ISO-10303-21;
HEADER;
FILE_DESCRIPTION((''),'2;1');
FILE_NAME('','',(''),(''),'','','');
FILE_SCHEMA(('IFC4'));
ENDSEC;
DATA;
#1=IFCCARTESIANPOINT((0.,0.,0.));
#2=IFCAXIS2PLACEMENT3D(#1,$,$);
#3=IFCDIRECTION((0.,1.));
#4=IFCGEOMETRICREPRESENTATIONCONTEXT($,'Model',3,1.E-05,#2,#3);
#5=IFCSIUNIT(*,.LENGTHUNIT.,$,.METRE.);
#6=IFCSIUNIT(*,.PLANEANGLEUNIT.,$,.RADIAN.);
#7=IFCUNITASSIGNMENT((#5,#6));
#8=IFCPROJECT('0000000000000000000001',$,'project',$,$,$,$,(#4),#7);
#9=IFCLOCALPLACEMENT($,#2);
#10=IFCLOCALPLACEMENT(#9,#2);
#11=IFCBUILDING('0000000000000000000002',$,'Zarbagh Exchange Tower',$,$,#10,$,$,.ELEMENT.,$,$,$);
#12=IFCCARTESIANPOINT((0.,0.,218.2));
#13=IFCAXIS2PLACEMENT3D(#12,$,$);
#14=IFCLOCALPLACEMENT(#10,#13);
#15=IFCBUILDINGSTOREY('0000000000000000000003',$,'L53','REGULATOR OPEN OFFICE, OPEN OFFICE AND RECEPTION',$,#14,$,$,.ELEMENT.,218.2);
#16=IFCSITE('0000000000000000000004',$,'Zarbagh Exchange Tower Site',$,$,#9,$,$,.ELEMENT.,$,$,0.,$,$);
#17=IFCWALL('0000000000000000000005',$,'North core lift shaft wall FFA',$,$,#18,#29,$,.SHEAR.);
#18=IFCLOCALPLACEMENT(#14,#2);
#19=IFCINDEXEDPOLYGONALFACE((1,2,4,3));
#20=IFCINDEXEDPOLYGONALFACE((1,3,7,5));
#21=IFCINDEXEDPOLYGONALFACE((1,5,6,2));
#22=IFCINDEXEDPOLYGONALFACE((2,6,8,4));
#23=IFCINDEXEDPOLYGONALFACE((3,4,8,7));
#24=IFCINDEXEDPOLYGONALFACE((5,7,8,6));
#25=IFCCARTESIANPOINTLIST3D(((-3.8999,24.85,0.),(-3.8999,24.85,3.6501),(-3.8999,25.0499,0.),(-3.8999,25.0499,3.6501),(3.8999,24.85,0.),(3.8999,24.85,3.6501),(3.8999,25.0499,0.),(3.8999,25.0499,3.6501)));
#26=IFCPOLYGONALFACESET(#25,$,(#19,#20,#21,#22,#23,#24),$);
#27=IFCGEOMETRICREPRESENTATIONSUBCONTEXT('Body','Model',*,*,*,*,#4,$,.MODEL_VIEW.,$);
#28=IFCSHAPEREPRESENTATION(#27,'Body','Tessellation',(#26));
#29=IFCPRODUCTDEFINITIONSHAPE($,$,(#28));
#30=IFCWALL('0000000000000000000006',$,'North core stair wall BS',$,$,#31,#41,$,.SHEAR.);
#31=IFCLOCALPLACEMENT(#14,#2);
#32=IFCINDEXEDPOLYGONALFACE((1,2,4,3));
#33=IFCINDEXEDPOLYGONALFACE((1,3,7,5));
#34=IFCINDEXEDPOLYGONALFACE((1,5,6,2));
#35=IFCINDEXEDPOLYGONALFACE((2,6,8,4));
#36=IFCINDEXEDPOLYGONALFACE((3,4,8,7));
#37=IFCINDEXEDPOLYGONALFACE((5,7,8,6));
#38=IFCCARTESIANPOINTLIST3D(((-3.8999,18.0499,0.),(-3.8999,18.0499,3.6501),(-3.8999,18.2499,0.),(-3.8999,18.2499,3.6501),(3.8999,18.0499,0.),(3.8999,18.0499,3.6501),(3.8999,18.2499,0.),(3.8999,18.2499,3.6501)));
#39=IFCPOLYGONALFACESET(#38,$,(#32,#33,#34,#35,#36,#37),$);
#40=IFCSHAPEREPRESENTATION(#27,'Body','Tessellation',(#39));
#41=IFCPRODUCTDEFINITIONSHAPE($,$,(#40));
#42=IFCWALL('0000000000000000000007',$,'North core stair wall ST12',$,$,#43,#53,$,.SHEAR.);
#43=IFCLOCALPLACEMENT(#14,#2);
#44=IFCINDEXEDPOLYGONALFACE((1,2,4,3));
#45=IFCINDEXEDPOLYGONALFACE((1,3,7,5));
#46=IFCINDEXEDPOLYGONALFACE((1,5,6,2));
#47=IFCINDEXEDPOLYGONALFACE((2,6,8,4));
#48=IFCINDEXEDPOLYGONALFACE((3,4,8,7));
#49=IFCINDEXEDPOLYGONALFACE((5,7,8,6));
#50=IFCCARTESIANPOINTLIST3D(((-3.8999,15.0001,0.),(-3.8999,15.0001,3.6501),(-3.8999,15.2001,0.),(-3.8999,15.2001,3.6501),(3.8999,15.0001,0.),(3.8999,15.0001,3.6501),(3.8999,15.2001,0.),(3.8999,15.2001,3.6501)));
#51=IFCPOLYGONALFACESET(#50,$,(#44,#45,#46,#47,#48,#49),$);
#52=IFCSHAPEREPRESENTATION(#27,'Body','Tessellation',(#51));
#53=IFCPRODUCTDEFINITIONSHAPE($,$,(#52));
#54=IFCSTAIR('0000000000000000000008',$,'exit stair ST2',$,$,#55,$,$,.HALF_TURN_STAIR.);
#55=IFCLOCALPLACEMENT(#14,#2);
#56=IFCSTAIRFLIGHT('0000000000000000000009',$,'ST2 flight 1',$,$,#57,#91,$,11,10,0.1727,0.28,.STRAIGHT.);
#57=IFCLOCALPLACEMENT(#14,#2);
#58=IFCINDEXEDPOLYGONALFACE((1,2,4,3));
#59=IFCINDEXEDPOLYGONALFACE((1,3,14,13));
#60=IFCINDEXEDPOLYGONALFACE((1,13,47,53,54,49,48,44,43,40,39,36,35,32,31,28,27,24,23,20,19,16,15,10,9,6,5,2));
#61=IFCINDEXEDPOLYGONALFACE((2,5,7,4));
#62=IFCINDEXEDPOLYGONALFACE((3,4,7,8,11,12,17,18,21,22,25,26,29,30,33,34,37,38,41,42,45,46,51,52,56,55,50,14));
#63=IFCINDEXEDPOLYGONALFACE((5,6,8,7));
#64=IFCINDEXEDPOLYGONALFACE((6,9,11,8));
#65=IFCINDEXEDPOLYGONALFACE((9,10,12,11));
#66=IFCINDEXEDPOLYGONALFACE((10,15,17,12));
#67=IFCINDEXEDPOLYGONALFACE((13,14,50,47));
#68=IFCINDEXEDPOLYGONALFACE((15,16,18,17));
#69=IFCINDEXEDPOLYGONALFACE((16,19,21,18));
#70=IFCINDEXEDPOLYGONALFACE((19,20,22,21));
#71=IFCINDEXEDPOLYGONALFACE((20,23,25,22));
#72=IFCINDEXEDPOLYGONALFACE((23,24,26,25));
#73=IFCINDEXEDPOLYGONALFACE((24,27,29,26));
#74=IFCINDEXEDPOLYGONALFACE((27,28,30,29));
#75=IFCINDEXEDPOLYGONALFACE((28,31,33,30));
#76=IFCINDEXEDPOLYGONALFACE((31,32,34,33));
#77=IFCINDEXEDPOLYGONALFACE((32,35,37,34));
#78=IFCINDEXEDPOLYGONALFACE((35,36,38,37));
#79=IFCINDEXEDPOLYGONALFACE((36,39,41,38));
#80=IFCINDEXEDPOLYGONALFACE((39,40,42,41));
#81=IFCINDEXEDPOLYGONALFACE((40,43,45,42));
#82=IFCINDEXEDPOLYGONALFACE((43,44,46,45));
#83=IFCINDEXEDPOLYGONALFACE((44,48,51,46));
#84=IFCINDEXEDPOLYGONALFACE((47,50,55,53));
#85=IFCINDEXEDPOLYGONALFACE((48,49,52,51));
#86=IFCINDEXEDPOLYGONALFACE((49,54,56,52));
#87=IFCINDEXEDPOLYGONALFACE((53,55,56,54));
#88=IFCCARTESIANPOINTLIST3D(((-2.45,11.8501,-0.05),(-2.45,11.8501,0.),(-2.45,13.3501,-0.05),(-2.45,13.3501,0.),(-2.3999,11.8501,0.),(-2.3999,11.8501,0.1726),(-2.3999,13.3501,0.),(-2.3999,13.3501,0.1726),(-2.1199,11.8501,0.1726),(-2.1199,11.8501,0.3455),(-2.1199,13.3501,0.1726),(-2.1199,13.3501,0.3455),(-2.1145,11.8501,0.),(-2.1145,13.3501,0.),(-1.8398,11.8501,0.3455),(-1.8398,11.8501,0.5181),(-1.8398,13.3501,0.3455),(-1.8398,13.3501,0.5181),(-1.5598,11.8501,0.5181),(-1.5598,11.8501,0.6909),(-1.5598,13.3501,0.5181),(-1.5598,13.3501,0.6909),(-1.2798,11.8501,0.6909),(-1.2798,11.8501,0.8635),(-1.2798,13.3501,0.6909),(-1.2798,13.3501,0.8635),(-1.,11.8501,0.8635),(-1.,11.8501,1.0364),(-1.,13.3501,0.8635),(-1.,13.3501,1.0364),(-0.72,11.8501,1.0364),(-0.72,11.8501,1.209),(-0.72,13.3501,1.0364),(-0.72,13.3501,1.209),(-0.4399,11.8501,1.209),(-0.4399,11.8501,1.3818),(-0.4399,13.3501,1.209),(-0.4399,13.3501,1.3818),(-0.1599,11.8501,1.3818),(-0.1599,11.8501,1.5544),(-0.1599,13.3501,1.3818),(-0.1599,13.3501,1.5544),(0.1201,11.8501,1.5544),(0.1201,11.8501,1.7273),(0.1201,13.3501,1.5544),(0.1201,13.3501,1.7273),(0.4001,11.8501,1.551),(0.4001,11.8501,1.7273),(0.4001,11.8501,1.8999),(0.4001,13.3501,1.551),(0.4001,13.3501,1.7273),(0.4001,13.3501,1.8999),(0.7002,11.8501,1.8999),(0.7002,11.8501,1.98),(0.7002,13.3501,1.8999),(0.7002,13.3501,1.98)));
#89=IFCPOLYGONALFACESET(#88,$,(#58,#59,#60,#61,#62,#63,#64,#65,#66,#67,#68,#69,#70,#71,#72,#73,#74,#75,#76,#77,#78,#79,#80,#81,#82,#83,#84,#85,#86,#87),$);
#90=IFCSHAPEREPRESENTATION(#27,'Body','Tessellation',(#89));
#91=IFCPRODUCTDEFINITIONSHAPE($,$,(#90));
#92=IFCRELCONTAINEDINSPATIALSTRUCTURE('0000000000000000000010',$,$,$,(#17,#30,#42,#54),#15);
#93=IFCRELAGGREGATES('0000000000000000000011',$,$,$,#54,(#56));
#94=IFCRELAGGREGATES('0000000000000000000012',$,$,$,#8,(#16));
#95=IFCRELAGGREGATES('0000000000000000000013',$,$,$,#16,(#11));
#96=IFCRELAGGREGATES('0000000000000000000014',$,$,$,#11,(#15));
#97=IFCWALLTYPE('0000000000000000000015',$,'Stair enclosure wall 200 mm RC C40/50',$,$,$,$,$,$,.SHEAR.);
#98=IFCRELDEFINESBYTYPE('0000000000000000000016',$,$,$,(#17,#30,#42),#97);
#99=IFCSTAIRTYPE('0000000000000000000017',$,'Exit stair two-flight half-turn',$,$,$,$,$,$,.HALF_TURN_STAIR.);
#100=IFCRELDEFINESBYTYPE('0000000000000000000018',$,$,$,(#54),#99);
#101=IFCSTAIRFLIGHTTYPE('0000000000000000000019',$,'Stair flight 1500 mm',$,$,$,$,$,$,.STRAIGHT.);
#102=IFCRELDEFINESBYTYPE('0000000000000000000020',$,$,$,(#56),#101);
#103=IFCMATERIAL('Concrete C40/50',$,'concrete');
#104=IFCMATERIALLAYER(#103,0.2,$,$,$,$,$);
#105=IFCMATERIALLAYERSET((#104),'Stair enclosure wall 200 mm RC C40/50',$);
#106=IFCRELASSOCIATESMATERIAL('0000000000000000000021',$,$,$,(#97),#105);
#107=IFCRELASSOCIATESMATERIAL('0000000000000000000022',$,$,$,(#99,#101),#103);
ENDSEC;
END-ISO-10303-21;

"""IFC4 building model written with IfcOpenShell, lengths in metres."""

from ifc_helpers import new_model, si_unit, direction, frame, frame_2d, origin, place, context, subcontext, project, spatial, polyline, rectangle, outline, extrude, material, layer, layer_set, type_object, element, aggregate, save


model = new_model("IFC4")

# Units and contexts
model_context = context("Model", 3, precision=1e-05, world=origin(), true_north=direction((0.0, 1.0)))
body_context = subcontext(model_context, "Body", "Model", "MODEL_VIEW")
ifc_project = project(units=[si_unit("LENGTHUNIT", "METRE"), si_unit("PLANEANGLEUNIT", "RADIAN")], contexts=[model_context])

# Site, building, storey
site_placement = place(None, origin())
site = spatial("IfcSite", under=ifc_project, at=site_placement, Name="Zarbagh Exchange Tower Site", CompositionType="ELEMENT", RefElevation=0.0)
building_placement = place(site_placement, origin())
building = spatial("IfcBuilding", under=site, at=building_placement, Name="Zarbagh Exchange Tower", CompositionType="ELEMENT")
storey_placement = place(building_placement, frame((0.0, 0.0, 218.2)))
storey = spatial("IfcBuildingStorey", under=building, at=storey_placement, Name="L53", Description="REGULATOR OPEN OFFICE, OPEN OFFICE AND RECEPTION", CompositionType="ELEMENT", Elevation=218.2)

# Walls
ifc_material_1 = material(Name="Concrete C40/50", Category="concrete")
ifc_layer_1 = layer(ifc_material_1, 0.2)
ifc_layer_set_1 = layer_set([ifc_layer_1], Name="Stair enclosure wall 200 mm RC C40/50")
wall_type_1 = type_object("IfcWallType", Name="Stair enclosure wall 200 mm RC C40/50", PredefinedType="SHEAR", material=ifc_layer_set_1)
for number, where, z_axis, x_axis, name in (
    (1, (-3.8999, 24.95, 0.0), (0.0, 0.0, 1.0), (1.0, 0.0, 0.0), "North core lift shaft wall FFA"),
    (2, (-3.8999, 18.1499, 0.0), (0.0, 0.0, 1.0), (1.0, 0.0, 0.0), "North core stair wall BS"),
    (3, (-3.8999, 15.1001, 0.0), (0.0, 0.0, 1.0), (1.0, 0.0, 0.0), "North core stair wall ST12"),
):
    element("IfcWall", number, at=place(storey_placement, frame(where, z_axis=z_axis, x_axis=x_axis)), inside=storey, type_object=wall_type_1, Name=name, PredefinedType="SHEAR", context=body_context, shape_type="SweptSolid", body=[
        extrude(rectangle(XDim=7.7998, YDim=0.2, at=frame_2d((3.8999, 0.0))), origin(), (0.0, 0.0, 1.0), 3.6501),
    ])

# Stair, stair flight
stair_type = type_object("IfcStairType", Name="Exit stair two-flight half-turn", PredefinedType="HALF_TURN_STAIR", material=ifc_material_1)
stair_placement = place(storey_placement, origin())
stair = element("IfcStair", 4, at=stair_placement, inside=storey, type_object=stair_type, Name="exit stair ST2", PredefinedType="HALF_TURN_STAIR")
stair_flight_type = type_object("IfcStairFlightType", Name="Stair flight 1500 mm", PredefinedType="STRAIGHT", material=ifc_material_1)
stair_flight_placement = place(storey_placement, frame((-2.3999, 12.6001, 0.0), z_axis=(0.0, 0.0, 1.0), x_axis=(1.0, 0.0, 0.0)))
stair_flight = element("IfcStairFlight", 5, at=stair_flight_placement, type_object=stair_flight_type, Name="ST2 flight 1", NumberOfRisers=11, NumberOfTreads=10, PredefinedType="STRAIGHT", RiserHeight=0.1727, TreadLength=0.28, context=body_context, shape_type="SweptSolid", body=[
    extrude(outline(polyline([(-0.05, -0.05), (-0.05, 0.0), (0.0, 0.0), (0.0, 0.1726), (0.28, 0.1726), (0.28, 0.3455), (0.5601, 0.3455), (0.5601, 0.5181), (0.8401, 0.5181), (0.8401, 0.6909), (1.1201, 0.6909), (1.1201, 0.8635), (1.3999, 0.8635), (1.3999, 1.0364), (1.6799, 1.0364), (1.6799, 1.209), (1.96, 1.209), (1.96, 1.3818), (2.24, 1.3818), (2.24, 1.5544), (2.52, 1.5544), (2.52, 1.7273), (2.8, 1.7273), (2.8, 1.8999), (3.1001, 1.98), (3.1001, 1.8999), (2.8, 1.551), (0.2854, 0.0), (-0.05, -0.05)])), frame((0.0, 0.75, 0.0), z_axis=(0.0, -1.0, 0.0), x_axis=(1.0, 0.0, 0.0)), (0.0, 0.0, 1.0), 1.5),
])
aggregate(stair, [stair_flight])

save(model, "model.ifc")
